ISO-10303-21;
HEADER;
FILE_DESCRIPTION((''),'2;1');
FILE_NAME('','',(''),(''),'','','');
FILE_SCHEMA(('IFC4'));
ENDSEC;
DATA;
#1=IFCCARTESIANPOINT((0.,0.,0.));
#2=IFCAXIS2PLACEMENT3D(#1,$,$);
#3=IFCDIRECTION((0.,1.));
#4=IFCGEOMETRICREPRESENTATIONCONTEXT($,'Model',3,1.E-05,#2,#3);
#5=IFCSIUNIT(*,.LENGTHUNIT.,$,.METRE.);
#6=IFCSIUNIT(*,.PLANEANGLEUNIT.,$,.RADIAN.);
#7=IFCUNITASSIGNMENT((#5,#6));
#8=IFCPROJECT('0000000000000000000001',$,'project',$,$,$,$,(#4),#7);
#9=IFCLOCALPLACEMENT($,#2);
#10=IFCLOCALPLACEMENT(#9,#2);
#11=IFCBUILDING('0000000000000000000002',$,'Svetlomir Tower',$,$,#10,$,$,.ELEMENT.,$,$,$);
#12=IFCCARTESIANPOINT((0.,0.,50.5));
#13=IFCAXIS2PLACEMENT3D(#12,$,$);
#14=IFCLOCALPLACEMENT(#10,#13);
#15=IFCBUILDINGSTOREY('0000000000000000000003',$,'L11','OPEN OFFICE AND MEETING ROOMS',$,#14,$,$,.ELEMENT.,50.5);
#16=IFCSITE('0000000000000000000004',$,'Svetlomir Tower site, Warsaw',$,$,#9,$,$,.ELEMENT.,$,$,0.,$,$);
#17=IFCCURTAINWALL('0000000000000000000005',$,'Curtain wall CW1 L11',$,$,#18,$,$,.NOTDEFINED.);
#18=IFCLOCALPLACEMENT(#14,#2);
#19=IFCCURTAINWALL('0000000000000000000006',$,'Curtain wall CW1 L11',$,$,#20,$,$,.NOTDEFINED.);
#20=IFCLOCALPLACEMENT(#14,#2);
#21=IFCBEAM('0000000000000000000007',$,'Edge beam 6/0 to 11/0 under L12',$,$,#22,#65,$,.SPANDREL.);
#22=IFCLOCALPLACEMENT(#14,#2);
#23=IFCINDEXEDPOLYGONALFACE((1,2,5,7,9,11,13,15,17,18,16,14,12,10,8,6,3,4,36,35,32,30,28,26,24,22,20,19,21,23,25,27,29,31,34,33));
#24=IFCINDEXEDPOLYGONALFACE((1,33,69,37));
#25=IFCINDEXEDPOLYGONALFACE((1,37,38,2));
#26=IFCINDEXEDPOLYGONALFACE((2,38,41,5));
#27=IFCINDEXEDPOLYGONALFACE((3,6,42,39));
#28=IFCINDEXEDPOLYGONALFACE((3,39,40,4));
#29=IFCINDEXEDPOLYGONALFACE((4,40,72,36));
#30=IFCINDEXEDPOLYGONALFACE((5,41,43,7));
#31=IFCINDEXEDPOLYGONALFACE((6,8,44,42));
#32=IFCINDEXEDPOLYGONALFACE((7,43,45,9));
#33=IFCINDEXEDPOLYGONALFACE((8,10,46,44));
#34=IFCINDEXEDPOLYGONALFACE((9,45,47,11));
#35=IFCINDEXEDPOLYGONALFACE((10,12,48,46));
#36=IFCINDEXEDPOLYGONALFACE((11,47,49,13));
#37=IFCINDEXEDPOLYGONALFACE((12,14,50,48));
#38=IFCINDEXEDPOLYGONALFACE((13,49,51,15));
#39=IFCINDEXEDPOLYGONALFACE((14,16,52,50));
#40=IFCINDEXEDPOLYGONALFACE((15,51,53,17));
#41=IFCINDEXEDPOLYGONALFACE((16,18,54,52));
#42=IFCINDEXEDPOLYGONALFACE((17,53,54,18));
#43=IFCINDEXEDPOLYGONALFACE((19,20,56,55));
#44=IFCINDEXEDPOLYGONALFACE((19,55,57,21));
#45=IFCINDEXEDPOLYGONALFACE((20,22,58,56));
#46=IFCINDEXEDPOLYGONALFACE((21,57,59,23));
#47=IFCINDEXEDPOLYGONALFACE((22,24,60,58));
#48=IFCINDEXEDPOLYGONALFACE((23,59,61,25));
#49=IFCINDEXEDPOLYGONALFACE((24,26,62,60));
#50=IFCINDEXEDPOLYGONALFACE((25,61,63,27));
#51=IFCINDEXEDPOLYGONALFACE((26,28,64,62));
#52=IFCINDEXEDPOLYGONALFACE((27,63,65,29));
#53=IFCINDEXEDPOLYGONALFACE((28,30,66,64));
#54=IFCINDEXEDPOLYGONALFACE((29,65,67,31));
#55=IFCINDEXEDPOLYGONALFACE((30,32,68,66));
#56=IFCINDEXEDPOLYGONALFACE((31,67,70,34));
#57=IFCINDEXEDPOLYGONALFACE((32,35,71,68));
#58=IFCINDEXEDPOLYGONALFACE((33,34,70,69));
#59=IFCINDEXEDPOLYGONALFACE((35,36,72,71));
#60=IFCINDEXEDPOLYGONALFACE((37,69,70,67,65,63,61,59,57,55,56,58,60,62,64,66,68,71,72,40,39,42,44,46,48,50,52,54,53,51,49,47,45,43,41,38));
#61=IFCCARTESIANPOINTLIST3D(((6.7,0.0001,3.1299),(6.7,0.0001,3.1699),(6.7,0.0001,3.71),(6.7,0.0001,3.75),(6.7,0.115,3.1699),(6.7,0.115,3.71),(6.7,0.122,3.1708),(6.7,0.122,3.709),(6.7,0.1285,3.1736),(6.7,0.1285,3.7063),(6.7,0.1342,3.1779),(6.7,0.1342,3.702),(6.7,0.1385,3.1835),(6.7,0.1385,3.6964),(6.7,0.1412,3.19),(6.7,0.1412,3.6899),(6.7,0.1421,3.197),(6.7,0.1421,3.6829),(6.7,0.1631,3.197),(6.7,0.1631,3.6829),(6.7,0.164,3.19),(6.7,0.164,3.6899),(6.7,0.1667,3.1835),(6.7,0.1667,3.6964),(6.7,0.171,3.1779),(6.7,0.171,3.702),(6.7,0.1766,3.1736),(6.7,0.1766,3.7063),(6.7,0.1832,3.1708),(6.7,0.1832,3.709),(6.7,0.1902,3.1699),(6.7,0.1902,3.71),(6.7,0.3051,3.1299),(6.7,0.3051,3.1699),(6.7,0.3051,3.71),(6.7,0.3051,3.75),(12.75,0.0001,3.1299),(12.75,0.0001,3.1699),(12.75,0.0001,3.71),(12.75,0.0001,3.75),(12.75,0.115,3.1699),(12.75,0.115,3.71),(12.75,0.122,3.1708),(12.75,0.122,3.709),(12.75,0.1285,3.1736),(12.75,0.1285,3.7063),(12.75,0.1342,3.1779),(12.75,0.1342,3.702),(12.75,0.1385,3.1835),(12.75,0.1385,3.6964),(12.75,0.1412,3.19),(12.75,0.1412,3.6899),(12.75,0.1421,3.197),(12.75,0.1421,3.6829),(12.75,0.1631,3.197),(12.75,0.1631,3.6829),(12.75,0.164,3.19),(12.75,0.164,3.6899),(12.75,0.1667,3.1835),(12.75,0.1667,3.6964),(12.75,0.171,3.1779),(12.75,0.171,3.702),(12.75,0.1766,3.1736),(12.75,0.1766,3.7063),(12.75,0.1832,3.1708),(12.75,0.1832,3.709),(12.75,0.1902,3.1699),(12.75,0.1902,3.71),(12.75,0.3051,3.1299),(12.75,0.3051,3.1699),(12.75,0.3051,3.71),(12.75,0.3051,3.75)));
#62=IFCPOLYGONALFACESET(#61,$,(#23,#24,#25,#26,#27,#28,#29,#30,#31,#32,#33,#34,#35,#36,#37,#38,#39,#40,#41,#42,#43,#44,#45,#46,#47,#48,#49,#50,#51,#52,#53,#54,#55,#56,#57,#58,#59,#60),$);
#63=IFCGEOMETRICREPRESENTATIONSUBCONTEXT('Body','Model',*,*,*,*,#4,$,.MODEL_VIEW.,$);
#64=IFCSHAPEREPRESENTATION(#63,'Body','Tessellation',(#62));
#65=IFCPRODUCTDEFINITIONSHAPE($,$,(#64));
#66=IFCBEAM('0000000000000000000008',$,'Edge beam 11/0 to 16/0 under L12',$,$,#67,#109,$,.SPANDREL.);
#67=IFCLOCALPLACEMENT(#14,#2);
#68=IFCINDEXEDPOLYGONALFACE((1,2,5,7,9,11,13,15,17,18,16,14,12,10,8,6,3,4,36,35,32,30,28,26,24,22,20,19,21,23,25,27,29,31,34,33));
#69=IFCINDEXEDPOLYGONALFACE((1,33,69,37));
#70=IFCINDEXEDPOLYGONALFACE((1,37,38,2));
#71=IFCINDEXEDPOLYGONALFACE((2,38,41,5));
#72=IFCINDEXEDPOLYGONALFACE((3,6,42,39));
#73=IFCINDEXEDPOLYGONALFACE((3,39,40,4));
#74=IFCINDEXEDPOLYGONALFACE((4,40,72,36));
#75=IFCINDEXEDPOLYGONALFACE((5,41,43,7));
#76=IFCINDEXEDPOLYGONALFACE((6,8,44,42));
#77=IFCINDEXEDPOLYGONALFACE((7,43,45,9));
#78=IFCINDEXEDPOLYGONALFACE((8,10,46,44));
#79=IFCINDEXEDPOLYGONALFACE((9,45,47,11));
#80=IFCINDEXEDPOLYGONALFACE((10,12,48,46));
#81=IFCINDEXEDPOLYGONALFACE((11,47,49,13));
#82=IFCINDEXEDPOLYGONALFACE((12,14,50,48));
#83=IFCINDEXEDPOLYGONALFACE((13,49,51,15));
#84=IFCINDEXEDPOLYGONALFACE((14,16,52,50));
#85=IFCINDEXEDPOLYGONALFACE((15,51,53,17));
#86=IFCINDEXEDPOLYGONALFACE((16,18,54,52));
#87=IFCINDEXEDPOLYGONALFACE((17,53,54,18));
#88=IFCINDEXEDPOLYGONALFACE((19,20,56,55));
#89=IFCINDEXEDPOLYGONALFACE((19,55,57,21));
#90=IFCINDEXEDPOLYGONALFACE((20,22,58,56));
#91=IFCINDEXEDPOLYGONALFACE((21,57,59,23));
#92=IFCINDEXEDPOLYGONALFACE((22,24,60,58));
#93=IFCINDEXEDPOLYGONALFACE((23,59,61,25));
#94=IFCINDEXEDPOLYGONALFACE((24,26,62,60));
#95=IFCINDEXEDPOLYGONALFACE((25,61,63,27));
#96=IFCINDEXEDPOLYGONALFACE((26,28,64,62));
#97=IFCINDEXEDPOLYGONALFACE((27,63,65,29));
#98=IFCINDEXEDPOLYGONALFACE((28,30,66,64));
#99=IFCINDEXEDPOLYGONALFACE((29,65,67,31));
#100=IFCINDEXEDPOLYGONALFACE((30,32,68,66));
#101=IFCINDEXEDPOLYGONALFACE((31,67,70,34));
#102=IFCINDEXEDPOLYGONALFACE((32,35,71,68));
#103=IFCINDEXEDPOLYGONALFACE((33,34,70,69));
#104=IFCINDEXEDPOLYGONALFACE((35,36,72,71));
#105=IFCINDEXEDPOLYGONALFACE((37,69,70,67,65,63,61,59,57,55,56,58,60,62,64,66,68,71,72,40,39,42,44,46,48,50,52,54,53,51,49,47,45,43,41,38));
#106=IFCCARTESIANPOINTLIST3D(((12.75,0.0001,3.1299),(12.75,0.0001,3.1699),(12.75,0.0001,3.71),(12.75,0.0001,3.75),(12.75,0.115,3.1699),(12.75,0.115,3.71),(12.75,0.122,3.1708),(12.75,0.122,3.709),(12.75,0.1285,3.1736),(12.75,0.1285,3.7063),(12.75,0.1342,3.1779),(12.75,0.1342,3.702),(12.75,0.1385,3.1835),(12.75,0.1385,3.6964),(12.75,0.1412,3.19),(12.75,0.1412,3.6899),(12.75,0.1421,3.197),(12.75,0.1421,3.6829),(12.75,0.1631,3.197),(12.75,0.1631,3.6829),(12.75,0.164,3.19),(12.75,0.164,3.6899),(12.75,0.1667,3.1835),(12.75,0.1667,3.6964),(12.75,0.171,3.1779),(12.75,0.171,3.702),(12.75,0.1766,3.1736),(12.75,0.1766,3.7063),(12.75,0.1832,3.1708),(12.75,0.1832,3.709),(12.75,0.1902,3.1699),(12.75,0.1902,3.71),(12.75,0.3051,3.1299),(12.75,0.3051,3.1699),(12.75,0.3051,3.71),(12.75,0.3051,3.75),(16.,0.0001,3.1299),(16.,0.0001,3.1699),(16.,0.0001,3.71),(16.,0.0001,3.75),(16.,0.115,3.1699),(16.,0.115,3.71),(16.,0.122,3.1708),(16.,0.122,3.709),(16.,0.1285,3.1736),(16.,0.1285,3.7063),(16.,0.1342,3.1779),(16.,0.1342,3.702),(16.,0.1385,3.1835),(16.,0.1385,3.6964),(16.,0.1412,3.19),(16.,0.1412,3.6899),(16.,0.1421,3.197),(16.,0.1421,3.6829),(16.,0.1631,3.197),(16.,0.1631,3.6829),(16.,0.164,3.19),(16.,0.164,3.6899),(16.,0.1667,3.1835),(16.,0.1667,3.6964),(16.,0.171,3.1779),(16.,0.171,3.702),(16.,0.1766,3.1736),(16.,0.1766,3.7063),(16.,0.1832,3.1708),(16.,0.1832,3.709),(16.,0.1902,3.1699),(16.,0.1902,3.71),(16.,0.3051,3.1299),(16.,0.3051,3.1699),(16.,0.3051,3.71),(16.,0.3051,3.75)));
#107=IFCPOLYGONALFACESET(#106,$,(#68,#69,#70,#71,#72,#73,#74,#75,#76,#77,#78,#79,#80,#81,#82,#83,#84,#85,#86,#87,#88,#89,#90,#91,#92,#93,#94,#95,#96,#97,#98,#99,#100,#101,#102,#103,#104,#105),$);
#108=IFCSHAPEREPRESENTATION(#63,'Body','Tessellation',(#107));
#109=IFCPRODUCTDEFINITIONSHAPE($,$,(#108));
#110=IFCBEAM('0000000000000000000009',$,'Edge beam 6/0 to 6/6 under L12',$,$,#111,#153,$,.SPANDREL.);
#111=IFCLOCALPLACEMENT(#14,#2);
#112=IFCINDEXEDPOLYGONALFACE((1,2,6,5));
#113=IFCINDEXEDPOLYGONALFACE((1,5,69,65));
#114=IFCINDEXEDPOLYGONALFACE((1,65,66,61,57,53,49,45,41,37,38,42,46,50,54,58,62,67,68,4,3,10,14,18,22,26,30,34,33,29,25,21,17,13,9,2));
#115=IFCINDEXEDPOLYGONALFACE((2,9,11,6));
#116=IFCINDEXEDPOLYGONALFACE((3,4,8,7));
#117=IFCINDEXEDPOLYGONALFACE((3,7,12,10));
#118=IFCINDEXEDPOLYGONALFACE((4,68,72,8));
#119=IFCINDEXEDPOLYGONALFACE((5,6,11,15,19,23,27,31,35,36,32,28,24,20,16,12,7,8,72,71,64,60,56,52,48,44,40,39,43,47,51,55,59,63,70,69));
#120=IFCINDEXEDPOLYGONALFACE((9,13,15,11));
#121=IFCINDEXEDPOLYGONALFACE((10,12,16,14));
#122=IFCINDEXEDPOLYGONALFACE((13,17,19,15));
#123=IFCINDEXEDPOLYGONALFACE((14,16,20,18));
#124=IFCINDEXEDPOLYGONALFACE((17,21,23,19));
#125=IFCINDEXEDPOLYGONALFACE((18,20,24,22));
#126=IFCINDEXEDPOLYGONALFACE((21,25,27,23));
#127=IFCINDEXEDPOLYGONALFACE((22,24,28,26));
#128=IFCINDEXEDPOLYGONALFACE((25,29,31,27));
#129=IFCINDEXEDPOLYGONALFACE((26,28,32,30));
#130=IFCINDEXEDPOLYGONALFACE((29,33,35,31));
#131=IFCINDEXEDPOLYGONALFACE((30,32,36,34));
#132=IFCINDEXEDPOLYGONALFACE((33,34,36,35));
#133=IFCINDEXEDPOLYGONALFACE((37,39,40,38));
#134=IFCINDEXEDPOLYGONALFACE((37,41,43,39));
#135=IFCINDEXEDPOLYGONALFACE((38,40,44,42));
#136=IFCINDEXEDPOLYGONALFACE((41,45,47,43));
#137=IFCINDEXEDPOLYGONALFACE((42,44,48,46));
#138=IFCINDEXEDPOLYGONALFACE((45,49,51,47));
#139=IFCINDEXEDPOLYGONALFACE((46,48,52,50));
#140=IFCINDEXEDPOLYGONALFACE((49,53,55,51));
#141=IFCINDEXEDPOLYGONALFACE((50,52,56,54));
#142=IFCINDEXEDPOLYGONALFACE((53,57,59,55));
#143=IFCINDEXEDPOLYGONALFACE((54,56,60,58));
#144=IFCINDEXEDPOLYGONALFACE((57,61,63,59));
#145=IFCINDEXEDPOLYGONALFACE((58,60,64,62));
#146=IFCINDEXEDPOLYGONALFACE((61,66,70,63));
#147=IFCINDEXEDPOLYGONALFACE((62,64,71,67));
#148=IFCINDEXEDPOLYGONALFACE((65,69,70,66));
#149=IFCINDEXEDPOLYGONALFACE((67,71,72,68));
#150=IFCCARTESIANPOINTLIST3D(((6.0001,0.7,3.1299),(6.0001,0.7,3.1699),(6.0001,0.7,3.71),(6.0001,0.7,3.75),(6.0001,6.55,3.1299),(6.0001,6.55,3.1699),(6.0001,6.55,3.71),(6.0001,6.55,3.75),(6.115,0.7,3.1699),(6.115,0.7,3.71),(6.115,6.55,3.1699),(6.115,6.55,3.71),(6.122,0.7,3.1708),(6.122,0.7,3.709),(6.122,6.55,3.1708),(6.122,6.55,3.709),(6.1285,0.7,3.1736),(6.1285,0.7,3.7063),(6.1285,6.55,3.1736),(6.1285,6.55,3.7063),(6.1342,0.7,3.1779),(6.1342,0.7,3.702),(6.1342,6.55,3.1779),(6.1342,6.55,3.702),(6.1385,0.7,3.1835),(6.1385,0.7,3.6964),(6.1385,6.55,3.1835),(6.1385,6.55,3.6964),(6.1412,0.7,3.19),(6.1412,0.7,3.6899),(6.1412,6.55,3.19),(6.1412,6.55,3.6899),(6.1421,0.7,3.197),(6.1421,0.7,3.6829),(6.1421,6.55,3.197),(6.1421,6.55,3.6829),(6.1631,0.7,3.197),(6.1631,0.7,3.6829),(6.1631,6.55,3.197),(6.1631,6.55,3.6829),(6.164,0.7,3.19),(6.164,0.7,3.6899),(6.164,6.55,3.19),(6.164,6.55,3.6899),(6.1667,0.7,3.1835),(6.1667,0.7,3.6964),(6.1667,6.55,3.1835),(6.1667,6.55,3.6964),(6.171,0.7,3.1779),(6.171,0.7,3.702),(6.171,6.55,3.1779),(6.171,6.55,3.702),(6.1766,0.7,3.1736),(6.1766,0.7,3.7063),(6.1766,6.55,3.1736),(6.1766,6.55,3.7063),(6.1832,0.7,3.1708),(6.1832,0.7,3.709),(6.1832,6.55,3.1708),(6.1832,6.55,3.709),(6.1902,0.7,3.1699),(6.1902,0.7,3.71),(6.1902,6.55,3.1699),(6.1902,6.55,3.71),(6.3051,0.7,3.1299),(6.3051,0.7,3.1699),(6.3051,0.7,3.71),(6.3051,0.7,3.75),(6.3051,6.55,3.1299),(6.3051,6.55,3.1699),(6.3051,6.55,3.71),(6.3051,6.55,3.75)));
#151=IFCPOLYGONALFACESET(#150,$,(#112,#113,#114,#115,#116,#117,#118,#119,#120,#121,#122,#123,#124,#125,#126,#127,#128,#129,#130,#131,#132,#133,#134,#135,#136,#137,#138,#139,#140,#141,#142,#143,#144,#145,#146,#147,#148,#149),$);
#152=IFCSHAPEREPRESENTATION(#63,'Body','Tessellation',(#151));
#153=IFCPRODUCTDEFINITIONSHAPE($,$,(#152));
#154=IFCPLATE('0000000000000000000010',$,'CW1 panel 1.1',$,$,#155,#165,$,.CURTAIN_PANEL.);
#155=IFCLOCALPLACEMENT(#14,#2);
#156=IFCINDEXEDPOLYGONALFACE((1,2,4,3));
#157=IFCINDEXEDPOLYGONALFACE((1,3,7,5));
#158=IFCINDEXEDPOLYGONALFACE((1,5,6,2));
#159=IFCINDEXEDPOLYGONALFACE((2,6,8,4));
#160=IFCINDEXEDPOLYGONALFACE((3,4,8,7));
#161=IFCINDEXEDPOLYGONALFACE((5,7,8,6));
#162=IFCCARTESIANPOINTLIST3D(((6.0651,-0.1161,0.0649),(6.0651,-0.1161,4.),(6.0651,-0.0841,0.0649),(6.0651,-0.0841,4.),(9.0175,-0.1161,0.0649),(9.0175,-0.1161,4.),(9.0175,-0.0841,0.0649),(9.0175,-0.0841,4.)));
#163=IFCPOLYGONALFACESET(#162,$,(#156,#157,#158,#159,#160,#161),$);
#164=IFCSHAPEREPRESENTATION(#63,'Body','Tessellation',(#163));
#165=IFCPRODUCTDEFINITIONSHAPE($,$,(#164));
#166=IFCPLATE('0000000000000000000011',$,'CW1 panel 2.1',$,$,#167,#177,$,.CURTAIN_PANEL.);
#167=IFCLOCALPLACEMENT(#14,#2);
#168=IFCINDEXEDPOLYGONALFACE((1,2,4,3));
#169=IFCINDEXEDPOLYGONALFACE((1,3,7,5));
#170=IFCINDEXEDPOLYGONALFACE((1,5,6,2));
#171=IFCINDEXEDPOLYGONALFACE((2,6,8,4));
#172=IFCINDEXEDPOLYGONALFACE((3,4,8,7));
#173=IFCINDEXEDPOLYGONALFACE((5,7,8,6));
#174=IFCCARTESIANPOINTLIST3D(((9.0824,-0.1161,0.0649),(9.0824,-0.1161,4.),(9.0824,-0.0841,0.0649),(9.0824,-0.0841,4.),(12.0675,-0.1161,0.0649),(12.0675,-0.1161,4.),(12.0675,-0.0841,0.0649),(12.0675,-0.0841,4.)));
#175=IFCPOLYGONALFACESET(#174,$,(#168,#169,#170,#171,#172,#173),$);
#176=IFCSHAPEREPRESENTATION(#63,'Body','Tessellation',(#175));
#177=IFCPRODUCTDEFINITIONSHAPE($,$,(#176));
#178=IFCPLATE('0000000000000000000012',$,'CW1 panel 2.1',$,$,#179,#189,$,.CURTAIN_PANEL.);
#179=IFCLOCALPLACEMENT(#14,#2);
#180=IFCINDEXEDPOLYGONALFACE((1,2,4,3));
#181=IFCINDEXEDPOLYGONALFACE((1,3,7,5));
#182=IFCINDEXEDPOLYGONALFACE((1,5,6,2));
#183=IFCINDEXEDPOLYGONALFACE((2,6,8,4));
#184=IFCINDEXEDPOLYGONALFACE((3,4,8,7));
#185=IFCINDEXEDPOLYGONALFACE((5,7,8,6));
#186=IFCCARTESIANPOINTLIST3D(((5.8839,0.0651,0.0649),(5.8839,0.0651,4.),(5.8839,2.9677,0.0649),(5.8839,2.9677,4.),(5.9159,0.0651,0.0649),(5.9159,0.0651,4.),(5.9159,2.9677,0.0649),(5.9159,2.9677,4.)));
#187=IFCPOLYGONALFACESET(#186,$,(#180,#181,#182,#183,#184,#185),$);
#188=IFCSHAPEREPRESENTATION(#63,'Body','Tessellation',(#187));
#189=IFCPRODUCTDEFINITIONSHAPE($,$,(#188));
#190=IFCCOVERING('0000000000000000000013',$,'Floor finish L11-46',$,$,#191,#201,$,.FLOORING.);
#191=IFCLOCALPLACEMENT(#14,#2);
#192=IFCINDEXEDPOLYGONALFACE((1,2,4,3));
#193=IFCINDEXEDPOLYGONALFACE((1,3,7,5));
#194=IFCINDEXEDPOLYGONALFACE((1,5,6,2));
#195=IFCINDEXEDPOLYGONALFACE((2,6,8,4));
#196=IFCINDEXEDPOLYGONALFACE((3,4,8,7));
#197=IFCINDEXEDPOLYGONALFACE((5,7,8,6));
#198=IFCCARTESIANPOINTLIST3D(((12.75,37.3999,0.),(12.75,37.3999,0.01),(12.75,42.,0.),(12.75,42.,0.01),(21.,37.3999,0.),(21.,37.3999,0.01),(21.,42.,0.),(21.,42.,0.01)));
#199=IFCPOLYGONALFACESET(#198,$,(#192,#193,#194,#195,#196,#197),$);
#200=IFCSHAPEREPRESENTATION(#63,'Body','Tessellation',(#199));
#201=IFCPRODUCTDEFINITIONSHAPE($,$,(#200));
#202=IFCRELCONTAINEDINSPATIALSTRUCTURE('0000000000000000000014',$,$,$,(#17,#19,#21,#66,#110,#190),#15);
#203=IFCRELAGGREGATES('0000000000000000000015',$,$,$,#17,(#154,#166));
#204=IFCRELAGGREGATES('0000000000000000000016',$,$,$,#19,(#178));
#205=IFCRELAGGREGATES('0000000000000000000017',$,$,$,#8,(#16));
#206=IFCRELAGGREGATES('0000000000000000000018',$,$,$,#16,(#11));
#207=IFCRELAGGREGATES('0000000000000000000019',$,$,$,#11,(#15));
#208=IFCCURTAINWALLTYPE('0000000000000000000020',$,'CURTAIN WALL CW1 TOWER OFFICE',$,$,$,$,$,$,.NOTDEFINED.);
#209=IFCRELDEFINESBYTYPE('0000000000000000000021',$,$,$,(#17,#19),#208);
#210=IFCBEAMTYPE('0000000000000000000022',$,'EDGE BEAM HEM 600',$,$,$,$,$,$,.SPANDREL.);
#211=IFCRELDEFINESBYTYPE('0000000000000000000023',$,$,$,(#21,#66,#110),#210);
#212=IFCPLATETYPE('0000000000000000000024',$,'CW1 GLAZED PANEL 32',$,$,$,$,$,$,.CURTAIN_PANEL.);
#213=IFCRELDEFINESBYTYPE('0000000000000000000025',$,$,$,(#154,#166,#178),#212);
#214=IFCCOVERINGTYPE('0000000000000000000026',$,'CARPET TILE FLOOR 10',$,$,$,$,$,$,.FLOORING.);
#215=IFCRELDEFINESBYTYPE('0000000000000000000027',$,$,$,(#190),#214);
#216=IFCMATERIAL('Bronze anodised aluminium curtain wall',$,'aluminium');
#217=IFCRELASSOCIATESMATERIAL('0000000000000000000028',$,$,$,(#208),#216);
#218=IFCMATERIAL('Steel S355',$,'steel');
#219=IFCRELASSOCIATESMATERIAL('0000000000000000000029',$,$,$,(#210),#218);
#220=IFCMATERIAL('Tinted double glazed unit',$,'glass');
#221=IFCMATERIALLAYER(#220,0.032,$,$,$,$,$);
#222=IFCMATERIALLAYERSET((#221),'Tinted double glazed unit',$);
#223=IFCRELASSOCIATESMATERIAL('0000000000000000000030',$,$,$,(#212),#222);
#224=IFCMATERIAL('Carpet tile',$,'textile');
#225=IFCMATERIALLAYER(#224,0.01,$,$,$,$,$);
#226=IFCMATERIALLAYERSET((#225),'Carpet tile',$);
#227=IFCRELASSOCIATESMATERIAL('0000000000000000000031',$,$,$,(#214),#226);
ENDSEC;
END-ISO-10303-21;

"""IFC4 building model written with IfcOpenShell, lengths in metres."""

from ifc_helpers import new_model, si_unit, direction, frame, origin, origin_2d, place, context, subcontext, project, spatial, polyline, rectangle, i_section, outline, extrude, material, layer, layer_set, material_profile, profile_set, type_object, element, aggregate, save


model = new_model("IFC4")

# Units and contexts
model_context = context("Model", 3, precision=1e-05, world=origin(), true_north=direction((0.0, 1.0)))
body_context = subcontext(model_context, "Body", "Model", "MODEL_VIEW")
ifc_project = project(units=[si_unit("LENGTHUNIT", "METRE"), si_unit("PLANEANGLEUNIT", "RADIAN")], contexts=[model_context])

# Site, building, storey
site_placement = place(None, origin())
site = spatial("IfcSite", under=ifc_project, at=site_placement, Name="Svetlomir Tower site, Warsaw", CompositionType="ELEMENT", RefElevation=0.0)
building_placement = place(site_placement, origin())
building = spatial("IfcBuilding", under=site, at=building_placement, Name="Svetlomir Tower", CompositionType="ELEMENT")
storey_placement = place(building_placement, frame((0.0, 0.0, 50.5)))
storey = spatial("IfcBuildingStorey", under=building, at=storey_placement, Name="L11", Description="OPEN OFFICE AND MEETING ROOMS", CompositionType="ELEMENT", Elevation=50.5)

# Curtain walls
ifc_material_1 = material(Name="Bronze anodised aluminium curtain wall", Category="aluminium")
curtain_wall_type = type_object("IfcCurtainWallType", Name="CURTAIN WALL CW1 TOWER OFFICE", PredefinedType="NOTDEFINED", material=ifc_material_1)
curtain_wall_1_placement = place(storey_placement, origin())
curtain_wall_1 = element("IfcCurtainWall", 1, at=curtain_wall_1_placement, inside=storey, type_object=curtain_wall_type, Name="Curtain wall CW1 L11", PredefinedType="NOTDEFINED")
curtain_wall_2_placement = place(storey_placement, origin())
curtain_wall_2 = element("IfcCurtainWall", 2, at=curtain_wall_2_placement, inside=storey, type_object=curtain_wall_type, Name="Curtain wall CW1 L11", PredefinedType="NOTDEFINED")

# Beams
ifc_material_2 = material(Name="Steel S355", Category="steel")
ifc_material_profile_1 = material_profile(ifc_material_2, i_section(OverallWidth=0.3049, OverallDepth=0.6201, WebThickness=0.021, FlangeThickness=0.04, FilletRadius=0.0271, at=origin_2d()), Name="HEM 600")
ifc_profile_set_1 = profile_set([ifc_material_profile_1], Name="Steel S355")
beam_type = type_object("IfcBeamType", Name="EDGE BEAM HEM 600", PredefinedType="SPANDREL", material=ifc_profile_set_1)
beam_1_placement = place(storey_placement, frame((6.7, 0.1526, 3.4399), z_axis=(1.0, 0.0, 0.0), x_axis=(0.0, 1.0, 0.0)))
element("IfcBeam", 3, at=beam_1_placement, inside=storey, type_object=beam_type, Name="Edge beam 6/0 to 11/0 under L12", PredefinedType="SPANDREL", context=body_context, shape_type="SweptSolid", body=[
    extrude(i_section(OverallWidth=0.3049, OverallDepth=0.6201, WebThickness=0.021, FlangeThickness=0.04, FilletRadius=0.0271, at=origin_2d()), origin(), (0.0, 0.0, 1.0), 6.05),
])
beam_2_placement = place(storey_placement, frame((12.75, 0.1526, 3.4399), z_axis=(1.0, 0.0, 0.0), x_axis=(0.0, 1.0, 0.0)))
element("IfcBeam", 4, at=beam_2_placement, inside=storey, type_object=beam_type, Name="Edge beam 11/0 to 16/0 under L12", PredefinedType="SPANDREL", context=body_context, shape_type="SweptSolid", body=[
    extrude(i_section(OverallWidth=0.3049, OverallDepth=0.6201, WebThickness=0.021, FlangeThickness=0.04, FilletRadius=0.0271, at=origin_2d()), origin(), (0.0, 0.0, 1.0), 3.25),
])
beam_3_placement = place(storey_placement, frame((6.1526, 0.7, 3.4399), z_axis=(0.0, 1.0, 0.0), x_axis=(-1.0, 0.0, 0.0)))
element("IfcBeam", 5, at=beam_3_placement, inside=storey, type_object=beam_type, Name="Edge beam 6/0 to 6/6 under L12", PredefinedType="SPANDREL", context=body_context, shape_type="SweptSolid", body=[
    extrude(i_section(OverallWidth=0.3049, OverallDepth=0.6201, WebThickness=0.021, FlangeThickness=0.04, FilletRadius=0.0271, at=origin_2d()), origin(), (0.0, 0.0, 1.0), 5.8501),
])

# Plates
ifc_material_3 = material(Name="Tinted double glazed unit", Category="glass")
ifc_layer_1 = layer(ifc_material_3, 0.032)
ifc_layer_set_1 = layer_set([ifc_layer_1], Name="Tinted double glazed unit")
plate_type = type_object("IfcPlateType", Name="CW1 GLAZED PANEL 32", PredefinedType="CURTAIN_PANEL", material=ifc_layer_set_1)
plate_1_placement = place(storey_placement, frame((7.5413, -0.1001, 0.0649), z_axis=(0.0, 0.0, 1.0), x_axis=(1.0, 0.0, 0.0)))
plate_1 = element("IfcPlate", 6, at=plate_1_placement, type_object=plate_type, Name="CW1 panel 1.1", PredefinedType="CURTAIN_PANEL", context=body_context, shape_type="SweptSolid", body=[
    extrude(rectangle(XDim=2.9524, YDim=0.032, at=origin_2d()), origin(), (0.0, 0.0, 1.0), 3.9351),
])
plate_2_placement = place(storey_placement, frame((10.575, -0.1001, 0.0649), z_axis=(0.0, 0.0, 1.0), x_axis=(1.0, 0.0, 0.0)))
plate_2 = element("IfcPlate", 7, at=plate_2_placement, type_object=plate_type, Name="CW1 panel 2.1", PredefinedType="CURTAIN_PANEL", context=body_context, shape_type="SweptSolid", body=[
    extrude(rectangle(XDim=2.9851, YDim=0.032, at=origin_2d()), origin(), (0.0, 0.0, 1.0), 3.9351),
])
aggregate(curtain_wall_1, [plate_1, plate_2])
plate_3_placement = place(storey_placement, frame((5.8999, 1.5164, 0.0649), z_axis=(0.0, 0.0, 1.0), x_axis=(0.0, -1.0, 0.0)))
plate_3 = element("IfcPlate", 8, at=plate_3_placement, type_object=plate_type, Name="CW1 panel 2.1", PredefinedType="CURTAIN_PANEL", context=body_context, shape_type="SweptSolid", body=[
    extrude(rectangle(XDim=2.9026, YDim=0.032, at=origin_2d()), origin(), (0.0, 0.0, 1.0), 3.9351),
])
aggregate(curtain_wall_2, [plate_3])

# Covering
ifc_material_4 = material(Name="Carpet tile", Category="textile")
ifc_layer_2 = layer(ifc_material_4, 0.01)
ifc_layer_set_2 = layer_set([ifc_layer_2], Name="Carpet tile")
covering_type_1 = type_object("IfcCoveringType", Name="CARPET TILE FLOOR 10", PredefinedType="FLOORING", material=ifc_layer_set_2)
covering_1_placement = place(storey_placement, origin())
element("IfcCovering", 9, at=covering_1_placement, inside=storey, type_object=covering_type_1, Name="Floor finish L11-46", PredefinedType="FLOORING", context=body_context, shape_type="SweptSolid", body=[
    extrude(outline(polyline([(21.0, 42.0), (21.0, 37.3999), (12.75, 37.3999), (12.75, 42.0), (21.0, 42.0)])), origin(), (0.0, 0.0, 1.0), 0.01),
])

save(model, "model.ifc")
